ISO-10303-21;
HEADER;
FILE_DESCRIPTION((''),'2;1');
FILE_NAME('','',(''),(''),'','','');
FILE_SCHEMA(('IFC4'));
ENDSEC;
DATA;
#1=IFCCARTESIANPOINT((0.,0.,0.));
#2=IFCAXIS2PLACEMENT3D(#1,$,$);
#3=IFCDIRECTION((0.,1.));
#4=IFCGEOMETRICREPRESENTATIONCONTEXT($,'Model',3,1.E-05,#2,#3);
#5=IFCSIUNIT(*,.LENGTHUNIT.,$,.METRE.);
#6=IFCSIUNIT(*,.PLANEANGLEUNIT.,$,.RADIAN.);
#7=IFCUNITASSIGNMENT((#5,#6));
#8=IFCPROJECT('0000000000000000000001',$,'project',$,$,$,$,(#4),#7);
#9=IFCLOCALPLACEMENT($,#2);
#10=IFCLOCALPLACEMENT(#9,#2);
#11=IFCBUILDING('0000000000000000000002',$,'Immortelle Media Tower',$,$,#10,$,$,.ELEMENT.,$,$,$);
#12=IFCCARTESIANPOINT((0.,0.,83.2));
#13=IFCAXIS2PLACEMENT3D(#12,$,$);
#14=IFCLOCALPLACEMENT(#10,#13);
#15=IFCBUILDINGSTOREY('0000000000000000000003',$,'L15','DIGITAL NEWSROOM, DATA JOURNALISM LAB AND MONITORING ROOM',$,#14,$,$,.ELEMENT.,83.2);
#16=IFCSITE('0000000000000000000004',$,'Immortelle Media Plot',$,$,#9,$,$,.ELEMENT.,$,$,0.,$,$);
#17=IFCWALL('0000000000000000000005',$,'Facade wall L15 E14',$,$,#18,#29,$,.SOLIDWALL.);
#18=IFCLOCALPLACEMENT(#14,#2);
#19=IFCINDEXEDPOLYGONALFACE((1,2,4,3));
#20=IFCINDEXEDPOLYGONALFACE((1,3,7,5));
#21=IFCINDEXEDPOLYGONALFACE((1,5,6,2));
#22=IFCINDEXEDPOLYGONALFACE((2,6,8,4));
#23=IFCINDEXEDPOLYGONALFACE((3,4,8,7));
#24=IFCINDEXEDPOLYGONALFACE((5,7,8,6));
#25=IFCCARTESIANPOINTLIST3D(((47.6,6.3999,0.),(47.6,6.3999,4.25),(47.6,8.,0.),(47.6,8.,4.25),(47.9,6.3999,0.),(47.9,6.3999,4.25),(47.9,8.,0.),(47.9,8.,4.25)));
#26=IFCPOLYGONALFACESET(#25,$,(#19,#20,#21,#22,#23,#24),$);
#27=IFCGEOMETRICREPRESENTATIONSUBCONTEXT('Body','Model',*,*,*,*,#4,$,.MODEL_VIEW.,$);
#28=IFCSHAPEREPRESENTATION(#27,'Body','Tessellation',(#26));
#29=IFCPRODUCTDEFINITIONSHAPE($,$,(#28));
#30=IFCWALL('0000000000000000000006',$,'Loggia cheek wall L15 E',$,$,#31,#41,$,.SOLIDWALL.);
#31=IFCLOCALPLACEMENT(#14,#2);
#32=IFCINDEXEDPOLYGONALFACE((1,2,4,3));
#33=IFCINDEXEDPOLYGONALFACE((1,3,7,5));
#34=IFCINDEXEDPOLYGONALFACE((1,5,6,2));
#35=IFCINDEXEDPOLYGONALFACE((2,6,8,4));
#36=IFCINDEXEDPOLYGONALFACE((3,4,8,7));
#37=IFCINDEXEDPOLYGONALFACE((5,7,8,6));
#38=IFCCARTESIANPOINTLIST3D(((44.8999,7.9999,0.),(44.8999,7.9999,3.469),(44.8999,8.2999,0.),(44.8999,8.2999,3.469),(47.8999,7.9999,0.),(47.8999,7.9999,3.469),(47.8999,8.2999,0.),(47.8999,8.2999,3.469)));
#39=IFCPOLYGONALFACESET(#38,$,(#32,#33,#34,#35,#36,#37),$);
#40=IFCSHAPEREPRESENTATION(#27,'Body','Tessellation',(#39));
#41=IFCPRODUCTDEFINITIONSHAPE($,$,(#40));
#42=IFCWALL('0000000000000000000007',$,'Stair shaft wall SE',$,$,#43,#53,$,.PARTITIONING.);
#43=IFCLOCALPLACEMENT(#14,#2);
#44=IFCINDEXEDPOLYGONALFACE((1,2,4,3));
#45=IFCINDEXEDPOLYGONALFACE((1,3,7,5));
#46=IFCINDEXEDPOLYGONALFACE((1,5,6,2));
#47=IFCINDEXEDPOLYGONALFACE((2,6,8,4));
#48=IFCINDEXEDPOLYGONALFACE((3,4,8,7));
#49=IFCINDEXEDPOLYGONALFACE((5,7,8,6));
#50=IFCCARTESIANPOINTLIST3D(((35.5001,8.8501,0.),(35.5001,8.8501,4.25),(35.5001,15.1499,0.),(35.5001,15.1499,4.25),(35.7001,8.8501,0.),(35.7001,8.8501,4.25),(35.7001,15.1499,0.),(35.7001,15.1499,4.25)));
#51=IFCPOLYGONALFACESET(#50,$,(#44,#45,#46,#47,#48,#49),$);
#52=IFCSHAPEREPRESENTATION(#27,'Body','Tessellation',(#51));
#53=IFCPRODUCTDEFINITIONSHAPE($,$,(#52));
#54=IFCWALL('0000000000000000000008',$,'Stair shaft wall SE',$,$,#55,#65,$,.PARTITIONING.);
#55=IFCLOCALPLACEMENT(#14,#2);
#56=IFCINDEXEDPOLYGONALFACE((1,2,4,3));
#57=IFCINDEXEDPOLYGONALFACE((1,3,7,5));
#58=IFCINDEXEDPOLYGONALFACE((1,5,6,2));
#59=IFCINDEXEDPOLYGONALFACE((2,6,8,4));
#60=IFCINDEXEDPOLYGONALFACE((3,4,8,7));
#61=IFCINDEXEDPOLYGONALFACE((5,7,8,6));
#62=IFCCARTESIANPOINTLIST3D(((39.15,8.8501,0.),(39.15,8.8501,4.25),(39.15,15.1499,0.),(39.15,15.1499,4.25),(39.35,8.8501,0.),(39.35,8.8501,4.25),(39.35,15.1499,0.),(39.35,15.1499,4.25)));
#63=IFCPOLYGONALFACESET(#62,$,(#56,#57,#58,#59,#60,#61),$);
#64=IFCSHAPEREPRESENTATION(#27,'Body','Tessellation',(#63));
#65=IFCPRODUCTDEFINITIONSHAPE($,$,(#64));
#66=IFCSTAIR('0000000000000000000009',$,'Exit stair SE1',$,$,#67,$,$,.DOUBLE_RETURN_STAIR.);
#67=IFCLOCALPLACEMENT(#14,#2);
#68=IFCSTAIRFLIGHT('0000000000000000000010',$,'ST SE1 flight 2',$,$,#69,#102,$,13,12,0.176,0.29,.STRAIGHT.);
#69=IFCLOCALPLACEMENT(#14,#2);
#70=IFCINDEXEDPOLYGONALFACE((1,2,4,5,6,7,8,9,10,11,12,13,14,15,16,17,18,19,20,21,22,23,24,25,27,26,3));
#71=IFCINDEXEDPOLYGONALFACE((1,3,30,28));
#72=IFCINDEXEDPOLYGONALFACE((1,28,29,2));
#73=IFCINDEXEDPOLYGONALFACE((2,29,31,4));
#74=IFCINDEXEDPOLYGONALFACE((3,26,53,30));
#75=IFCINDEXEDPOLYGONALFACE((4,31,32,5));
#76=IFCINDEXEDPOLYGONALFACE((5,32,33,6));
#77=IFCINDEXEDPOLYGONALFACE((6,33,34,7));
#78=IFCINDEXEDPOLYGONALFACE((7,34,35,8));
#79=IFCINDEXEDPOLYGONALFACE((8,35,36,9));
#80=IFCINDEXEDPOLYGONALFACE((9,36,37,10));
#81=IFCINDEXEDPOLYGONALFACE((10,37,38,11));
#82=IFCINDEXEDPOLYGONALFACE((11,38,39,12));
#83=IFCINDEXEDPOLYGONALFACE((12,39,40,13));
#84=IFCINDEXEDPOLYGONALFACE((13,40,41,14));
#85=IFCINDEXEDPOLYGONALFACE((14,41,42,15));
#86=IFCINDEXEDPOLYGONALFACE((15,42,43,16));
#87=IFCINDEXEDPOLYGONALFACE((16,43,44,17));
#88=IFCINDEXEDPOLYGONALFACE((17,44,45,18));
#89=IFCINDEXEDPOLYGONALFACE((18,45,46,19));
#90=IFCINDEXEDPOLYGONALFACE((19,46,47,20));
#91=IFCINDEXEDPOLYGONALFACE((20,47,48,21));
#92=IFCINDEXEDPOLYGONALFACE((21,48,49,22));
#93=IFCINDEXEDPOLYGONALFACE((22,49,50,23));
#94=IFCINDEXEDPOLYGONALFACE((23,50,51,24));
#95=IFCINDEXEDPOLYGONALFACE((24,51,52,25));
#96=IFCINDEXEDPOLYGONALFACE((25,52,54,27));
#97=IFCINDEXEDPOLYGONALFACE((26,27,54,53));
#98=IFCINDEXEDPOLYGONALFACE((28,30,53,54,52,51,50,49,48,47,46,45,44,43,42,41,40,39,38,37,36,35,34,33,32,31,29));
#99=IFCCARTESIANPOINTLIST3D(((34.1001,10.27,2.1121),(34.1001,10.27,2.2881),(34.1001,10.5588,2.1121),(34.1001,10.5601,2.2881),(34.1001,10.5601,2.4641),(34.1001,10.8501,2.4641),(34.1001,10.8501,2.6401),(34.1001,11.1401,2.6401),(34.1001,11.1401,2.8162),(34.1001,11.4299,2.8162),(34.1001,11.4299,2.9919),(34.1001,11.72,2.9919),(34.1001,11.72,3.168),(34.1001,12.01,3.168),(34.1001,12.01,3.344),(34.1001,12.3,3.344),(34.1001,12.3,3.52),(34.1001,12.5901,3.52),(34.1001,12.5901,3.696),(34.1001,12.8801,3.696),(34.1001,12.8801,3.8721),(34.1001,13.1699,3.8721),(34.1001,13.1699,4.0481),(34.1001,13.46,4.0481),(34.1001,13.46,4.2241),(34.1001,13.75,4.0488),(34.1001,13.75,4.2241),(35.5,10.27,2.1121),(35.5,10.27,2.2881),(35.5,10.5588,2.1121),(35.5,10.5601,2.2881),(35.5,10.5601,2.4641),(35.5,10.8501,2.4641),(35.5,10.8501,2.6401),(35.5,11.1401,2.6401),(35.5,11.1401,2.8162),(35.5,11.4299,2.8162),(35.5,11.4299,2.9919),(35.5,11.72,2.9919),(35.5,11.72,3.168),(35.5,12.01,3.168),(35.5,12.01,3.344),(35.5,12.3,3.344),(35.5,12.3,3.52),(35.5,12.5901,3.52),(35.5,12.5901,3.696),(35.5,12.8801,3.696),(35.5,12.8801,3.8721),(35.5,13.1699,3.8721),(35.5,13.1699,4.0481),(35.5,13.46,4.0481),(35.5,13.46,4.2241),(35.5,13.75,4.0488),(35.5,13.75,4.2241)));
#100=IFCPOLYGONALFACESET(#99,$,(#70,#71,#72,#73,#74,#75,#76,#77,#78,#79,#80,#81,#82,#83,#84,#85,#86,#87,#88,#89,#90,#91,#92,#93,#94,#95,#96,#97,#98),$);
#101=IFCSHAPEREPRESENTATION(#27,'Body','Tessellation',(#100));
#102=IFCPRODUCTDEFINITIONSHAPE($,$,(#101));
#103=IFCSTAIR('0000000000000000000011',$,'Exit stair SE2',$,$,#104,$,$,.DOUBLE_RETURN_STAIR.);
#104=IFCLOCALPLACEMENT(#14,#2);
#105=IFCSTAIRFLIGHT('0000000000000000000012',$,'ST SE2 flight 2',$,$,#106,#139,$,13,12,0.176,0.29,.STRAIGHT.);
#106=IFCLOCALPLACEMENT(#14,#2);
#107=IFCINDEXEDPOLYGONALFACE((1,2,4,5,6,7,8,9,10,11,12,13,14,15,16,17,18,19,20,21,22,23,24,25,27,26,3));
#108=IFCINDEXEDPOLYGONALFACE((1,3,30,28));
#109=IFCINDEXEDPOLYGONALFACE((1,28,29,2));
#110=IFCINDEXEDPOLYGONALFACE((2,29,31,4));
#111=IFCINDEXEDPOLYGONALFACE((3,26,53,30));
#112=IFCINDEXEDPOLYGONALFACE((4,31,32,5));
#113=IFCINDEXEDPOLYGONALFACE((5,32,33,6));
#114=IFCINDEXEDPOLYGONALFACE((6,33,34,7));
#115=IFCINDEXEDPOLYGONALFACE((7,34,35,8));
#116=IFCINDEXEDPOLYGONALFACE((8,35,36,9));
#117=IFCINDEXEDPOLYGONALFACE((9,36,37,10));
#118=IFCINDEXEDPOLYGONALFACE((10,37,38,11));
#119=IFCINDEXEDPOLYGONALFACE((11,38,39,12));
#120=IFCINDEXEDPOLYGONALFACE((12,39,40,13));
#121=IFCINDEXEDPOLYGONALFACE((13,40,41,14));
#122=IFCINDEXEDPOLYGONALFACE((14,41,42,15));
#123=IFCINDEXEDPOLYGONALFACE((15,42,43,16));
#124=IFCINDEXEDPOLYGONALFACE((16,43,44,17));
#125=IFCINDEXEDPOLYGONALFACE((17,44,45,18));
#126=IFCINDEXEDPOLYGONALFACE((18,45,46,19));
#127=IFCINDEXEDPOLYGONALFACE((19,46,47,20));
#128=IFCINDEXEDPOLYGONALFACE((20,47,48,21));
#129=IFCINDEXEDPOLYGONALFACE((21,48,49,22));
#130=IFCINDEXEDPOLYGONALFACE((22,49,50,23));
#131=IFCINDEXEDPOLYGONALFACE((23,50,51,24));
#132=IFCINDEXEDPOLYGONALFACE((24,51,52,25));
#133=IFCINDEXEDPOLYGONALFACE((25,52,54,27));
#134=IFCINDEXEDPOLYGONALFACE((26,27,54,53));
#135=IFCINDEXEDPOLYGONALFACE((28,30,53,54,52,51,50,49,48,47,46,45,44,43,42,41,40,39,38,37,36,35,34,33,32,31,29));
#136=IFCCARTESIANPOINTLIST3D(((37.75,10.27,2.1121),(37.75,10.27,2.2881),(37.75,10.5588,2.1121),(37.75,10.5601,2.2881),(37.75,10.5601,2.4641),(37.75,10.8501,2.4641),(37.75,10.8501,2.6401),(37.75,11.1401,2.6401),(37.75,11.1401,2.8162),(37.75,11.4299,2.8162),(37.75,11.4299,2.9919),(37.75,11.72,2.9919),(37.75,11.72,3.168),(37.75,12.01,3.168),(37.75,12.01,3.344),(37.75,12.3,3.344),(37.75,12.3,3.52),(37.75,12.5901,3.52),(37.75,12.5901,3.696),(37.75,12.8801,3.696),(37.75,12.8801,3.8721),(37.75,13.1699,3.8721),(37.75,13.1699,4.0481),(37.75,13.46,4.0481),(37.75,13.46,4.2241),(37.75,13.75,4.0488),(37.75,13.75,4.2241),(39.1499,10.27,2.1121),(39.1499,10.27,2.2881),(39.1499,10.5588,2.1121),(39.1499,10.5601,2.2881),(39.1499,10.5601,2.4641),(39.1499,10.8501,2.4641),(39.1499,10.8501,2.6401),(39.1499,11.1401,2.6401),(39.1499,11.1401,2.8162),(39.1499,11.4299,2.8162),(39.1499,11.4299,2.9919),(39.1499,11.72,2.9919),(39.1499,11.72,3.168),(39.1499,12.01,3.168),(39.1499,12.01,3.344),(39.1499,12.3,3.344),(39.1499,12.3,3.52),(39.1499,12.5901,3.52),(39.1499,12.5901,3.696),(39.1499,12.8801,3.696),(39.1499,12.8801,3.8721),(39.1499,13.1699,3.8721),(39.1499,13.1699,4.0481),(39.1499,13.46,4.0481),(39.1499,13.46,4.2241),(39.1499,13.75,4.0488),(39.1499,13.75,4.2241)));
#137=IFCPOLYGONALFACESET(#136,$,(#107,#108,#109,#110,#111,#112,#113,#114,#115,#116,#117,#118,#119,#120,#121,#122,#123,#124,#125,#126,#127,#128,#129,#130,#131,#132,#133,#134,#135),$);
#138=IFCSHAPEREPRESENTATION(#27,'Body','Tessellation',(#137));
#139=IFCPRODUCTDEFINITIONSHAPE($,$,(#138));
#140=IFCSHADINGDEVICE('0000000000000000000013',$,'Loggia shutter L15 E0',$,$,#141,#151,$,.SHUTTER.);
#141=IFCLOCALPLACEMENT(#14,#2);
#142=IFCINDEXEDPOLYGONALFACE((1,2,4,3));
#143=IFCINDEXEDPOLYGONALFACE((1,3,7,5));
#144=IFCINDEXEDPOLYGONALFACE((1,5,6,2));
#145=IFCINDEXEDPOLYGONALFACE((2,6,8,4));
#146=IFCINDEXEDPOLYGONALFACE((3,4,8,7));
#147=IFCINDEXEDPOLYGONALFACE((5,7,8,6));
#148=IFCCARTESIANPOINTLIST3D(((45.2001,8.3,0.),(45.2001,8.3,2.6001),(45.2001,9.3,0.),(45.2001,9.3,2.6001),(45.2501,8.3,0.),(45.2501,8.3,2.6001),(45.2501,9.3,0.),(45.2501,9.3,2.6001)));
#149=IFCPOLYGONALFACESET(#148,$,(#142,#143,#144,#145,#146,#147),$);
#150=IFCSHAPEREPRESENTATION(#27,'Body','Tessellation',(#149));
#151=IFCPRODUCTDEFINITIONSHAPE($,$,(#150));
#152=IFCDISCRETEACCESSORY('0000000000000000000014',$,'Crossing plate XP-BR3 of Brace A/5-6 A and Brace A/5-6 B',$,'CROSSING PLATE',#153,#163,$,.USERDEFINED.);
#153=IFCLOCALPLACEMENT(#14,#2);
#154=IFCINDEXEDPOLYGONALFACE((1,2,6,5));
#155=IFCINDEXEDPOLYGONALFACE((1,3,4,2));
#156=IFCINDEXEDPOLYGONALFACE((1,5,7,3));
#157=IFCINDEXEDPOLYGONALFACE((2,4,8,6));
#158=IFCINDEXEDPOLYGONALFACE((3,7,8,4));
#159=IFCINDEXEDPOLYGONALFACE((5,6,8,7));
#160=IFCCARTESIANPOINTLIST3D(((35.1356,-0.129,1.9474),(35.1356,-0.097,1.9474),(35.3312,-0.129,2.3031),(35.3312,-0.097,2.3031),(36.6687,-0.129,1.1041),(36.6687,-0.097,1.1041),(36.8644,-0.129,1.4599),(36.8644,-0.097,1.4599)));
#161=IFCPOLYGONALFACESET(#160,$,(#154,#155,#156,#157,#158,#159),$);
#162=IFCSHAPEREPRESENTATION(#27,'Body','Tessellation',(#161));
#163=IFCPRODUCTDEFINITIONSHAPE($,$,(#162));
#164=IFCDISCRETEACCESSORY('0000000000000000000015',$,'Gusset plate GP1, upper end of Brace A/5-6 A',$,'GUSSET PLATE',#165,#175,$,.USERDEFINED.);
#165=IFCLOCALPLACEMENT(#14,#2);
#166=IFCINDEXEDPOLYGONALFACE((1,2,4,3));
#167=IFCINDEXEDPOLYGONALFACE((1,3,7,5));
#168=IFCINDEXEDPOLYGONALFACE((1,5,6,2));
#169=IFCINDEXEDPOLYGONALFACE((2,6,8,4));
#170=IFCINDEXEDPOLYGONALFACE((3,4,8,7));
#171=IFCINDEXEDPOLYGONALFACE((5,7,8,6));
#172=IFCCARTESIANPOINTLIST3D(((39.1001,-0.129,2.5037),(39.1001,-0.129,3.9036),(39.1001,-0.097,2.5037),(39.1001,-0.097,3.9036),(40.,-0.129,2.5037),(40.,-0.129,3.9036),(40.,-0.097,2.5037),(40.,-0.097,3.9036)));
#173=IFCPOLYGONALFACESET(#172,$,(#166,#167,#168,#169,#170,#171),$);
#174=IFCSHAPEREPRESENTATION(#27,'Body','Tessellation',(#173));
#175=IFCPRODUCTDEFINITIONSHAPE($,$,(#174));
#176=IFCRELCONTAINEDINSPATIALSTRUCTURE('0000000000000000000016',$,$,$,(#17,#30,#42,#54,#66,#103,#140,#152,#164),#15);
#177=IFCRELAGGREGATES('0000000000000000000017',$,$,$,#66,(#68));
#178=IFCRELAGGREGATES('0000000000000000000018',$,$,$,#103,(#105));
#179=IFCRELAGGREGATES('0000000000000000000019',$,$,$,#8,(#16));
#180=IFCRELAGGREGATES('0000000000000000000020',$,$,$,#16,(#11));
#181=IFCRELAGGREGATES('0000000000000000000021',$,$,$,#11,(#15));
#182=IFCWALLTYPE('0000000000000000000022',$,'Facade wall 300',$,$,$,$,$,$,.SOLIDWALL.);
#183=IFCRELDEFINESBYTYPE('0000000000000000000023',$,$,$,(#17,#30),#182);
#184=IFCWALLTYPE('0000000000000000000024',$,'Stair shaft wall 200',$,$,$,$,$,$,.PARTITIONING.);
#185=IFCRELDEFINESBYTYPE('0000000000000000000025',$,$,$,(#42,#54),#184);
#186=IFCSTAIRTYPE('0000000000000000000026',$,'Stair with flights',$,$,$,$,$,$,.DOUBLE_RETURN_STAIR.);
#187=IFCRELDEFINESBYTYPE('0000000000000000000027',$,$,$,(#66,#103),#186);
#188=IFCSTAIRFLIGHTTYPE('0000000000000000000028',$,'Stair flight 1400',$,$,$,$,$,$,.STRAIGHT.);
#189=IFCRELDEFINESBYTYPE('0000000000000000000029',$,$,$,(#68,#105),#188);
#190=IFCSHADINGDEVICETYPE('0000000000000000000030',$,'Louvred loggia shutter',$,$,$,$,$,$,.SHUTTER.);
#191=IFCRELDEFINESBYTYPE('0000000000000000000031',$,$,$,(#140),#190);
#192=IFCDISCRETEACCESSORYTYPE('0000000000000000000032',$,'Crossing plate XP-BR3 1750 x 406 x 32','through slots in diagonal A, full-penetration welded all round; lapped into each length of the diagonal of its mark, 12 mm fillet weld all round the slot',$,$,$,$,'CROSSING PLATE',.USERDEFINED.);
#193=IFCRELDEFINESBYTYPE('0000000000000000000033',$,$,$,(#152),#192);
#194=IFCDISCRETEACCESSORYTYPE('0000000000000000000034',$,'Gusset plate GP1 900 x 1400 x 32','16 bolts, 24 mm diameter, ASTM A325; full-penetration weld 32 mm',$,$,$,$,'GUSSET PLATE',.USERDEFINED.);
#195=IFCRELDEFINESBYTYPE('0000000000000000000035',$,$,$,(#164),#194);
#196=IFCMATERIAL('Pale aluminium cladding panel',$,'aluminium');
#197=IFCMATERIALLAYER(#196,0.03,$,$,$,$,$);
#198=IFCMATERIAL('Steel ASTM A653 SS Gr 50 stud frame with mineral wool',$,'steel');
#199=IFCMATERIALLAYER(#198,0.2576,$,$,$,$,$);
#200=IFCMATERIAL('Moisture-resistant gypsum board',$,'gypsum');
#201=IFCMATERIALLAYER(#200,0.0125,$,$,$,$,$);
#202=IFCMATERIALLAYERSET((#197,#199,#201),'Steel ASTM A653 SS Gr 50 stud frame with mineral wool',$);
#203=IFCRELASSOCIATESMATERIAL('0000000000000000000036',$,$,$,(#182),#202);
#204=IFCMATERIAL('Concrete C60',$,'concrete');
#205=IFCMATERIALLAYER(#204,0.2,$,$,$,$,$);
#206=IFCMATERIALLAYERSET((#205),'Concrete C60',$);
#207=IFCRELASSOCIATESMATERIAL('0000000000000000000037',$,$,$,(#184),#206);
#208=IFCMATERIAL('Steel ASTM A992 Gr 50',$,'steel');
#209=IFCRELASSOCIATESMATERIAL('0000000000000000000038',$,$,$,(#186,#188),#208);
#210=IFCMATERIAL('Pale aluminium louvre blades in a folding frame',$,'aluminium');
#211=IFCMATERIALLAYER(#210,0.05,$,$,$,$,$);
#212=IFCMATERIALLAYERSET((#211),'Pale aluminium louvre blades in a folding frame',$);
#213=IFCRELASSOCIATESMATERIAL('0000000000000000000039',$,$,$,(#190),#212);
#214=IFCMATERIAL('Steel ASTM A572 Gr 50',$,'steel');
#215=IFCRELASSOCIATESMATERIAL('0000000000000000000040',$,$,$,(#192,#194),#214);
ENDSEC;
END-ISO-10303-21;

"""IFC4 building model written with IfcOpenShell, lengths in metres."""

from ifc_helpers import new_model, si_unit, direction, frame, frame_2d, origin, origin_2d, place, context, subcontext, project, spatial, polyline, rectangle, outline, extrude, material, layer, layer_set, material_profile, profile_set, type_object, element, aggregate, save


model = new_model("IFC4")

# Units and contexts
model_context = context("Model", 3, precision=1e-05, world=origin(), true_north=direction((0.0, 1.0)))
body_context = subcontext(model_context, "Body", "Model", "MODEL_VIEW")
ifc_project = project(units=[si_unit("LENGTHUNIT", "METRE"), si_unit("PLANEANGLEUNIT", "RADIAN")], contexts=[model_context])

# Site, building, storey
site_placement = place(None, origin())
site = spatial("IfcSite", under=ifc_project, at=site_placement, Name="Immortelle Media Plot", CompositionType="ELEMENT", RefElevation=0.0)
building_placement = place(site_placement, origin())
building = spatial("IfcBuilding", under=site, at=building_placement, Name="Immortelle Media Tower", CompositionType="ELEMENT")
storey_placement = place(building_placement, frame((0.0, 0.0, 83.2)))
storey = spatial("IfcBuildingStorey", under=building, at=storey_placement, Name="L15", Description="DIGITAL NEWSROOM, DATA JOURNALISM LAB AND MONITORING ROOM", CompositionType="ELEMENT", Elevation=83.2)

# Shared definitions
ifc_material_1 = material(Name="Steel ASTM A992 Gr 50", Category="steel")

# Wall
ifc_material_2 = material(Name="Pale aluminium cladding panel", Category="aluminium")
ifc_layer_1 = layer(ifc_material_2, 0.03)
ifc_material_3 = material(Name="Steel ASTM A653 SS Gr 50 stud frame with mineral wool", Category="steel")
ifc_layer_2 = layer(ifc_material_3, 0.2576)
ifc_material_4 = material(Name="Moisture-resistant gypsum board", Category="gypsum")
ifc_layer_3 = layer(ifc_material_4, 0.0125)
ifc_layer_set_1 = layer_set([ifc_layer_1, ifc_layer_2, ifc_layer_3], Name="Steel ASTM A653 SS Gr 50 stud frame with mineral wool")
wall_type_1 = type_object("IfcWallType", Name="Facade wall 300", PredefinedType="SOLIDWALL", material=ifc_layer_set_1)
wall_1_placement = place(storey_placement, frame((47.75, 6.3999, 0.0), z_axis=(0.0, 0.0, 1.0), x_axis=(0.0, 1.0, 0.0)))
element("IfcWall", 1, at=wall_1_placement, inside=storey, type_object=wall_type_1, Name="Facade wall L15 E14", PredefinedType="SOLIDWALL", context=body_context, shape_type="SweptSolid", body=[
    extrude(rectangle(XDim=1.6001, YDim=0.3, at=frame_2d((0.8, 0.0))), origin(), (0.0, 0.0, 1.0), 4.25),
])

# Walls
wall_2_placement = place(storey_placement, frame((47.8999, 8.1499, 0.0), z_axis=(0.0, 0.0, 1.0), x_axis=(-1.0, 0.0, 0.0)))
element("IfcWall", 2, at=wall_2_placement, inside=storey, type_object=wall_type_1, Name="Loggia cheek wall L15 E", PredefinedType="SOLIDWALL", context=body_context, shape_type="SweptSolid", body=[
    extrude(rectangle(XDim=3.0, YDim=0.3, at=frame_2d((1.5, 0.0))), origin(), (0.0, 0.0, 1.0), 3.469),
])
ifc_material_5 = material(Name="Concrete C60", Category="concrete")
ifc_layer_4 = layer(ifc_material_5, 0.2)
ifc_layer_set_2 = layer_set([ifc_layer_4], Name="Concrete C60")
wall_type_2 = type_object("IfcWallType", Name="Stair shaft wall 200", PredefinedType="PARTITIONING", material=ifc_layer_set_2)
for number, where, z_axis, x_axis, name in (
    (3, (35.6001, 8.8501, 0.0), (0.0, 0.0, 1.0), (0.0, 1.0, 0.0), "Stair shaft wall SE"),
    (4, (39.25, 8.8501, 0.0), (0.0, 0.0, 1.0), (0.0, 1.0, 0.0), "Stair shaft wall SE"),
):
    element("IfcWall", number, at=place(storey_placement, frame(where, z_axis=z_axis, x_axis=x_axis)), inside=storey, type_object=wall_type_2, Name=name, PredefinedType="PARTITIONING", context=body_context, shape_type="SweptSolid", body=[
        extrude(rectangle(XDim=6.2998, YDim=0.2, at=frame_2d((3.1499, 0.0))), origin(), (0.0, 0.0, 1.0), 4.25),
    ])

# Stairs, stair flights
stair_type = type_object("IfcStairType", Name="Stair with flights", PredefinedType="DOUBLE_RETURN_STAIR", material=ifc_material_1)
stair_1_placement = place(storey_placement, origin())
stair_1 = element("IfcStair", 5, at=stair_1_placement, inside=storey, type_object=stair_type, Name="Exit stair SE1", PredefinedType="DOUBLE_RETURN_STAIR")
stair_flight_type = type_object("IfcStairFlightType", Name="Stair flight 1400", PredefinedType="STRAIGHT", material=ifc_material_1)
stair_flight_1_placement = place(storey_placement, frame((34.8, 10.27, 2.1121), z_axis=(0.0, 0.0, 1.0), x_axis=(0.0, 1.0, 0.0)))
stair_flight_1 = element("IfcStairFlight", 6, at=stair_flight_1_placement, type_object=stair_flight_type, Name="ST SE1 flight 2", NumberOfRisers=13, NumberOfTreads=12, PredefinedType="STRAIGHT", RiserHeight=0.176, TreadLength=0.29, context=body_context, shape_type="SweptSolid", body=[
    extrude(outline(polyline([(0.0, 0.0), (0.0, 0.176), (0.29, 0.176), (0.29, 0.3521), (0.5801, 0.3521), (0.5801, 0.5281), (0.8701, 0.5281), (0.8701, 0.7041), (1.1599, 0.7041), (1.1599, 0.8799), (1.45, 0.8799), (1.45, 1.0559), (1.74, 1.0559), (1.74, 1.2319), (2.03, 1.2319), (2.03, 1.408), (2.3201, 1.408), (2.3201, 1.584), (2.6101, 1.584), (2.6101, 1.76), (2.8999, 1.76), (2.8999, 1.936), (3.1899, 1.936), (3.1899, 2.1121), (3.48, 2.1121), (3.48, 2.2881), (3.48, 1.9368), (0.2888, 0.0), (0.0, 0.0)])), frame((0.0, 0.7, 0.0), z_axis=(0.0, -1.0, 0.0), x_axis=(1.0, 0.0, 0.0)), (0.0, 0.0, 1.0), 1.3999),
])
aggregate(stair_1, [stair_flight_1])
stair_2_placement = place(storey_placement, origin())
stair_2 = element("IfcStair", 7, at=stair_2_placement, inside=storey, type_object=stair_type, Name="Exit stair SE2", PredefinedType="DOUBLE_RETURN_STAIR")
stair_flight_2_placement = place(storey_placement, frame((38.45, 10.27, 2.1121), z_axis=(0.0, 0.0, 1.0), x_axis=(0.0, 1.0, 0.0)))
stair_flight_2 = element("IfcStairFlight", 8, at=stair_flight_2_placement, type_object=stair_flight_type, Name="ST SE2 flight 2", NumberOfRisers=13, NumberOfTreads=12, PredefinedType="STRAIGHT", RiserHeight=0.176, TreadLength=0.29, context=body_context, shape_type="SweptSolid", body=[
    extrude(outline(polyline([(0.0, 0.0), (0.0, 0.176), (0.29, 0.176), (0.29, 0.3521), (0.5801, 0.3521), (0.5801, 0.5281), (0.8701, 0.5281), (0.8701, 0.7041), (1.1599, 0.7041), (1.1599, 0.8799), (1.45, 0.8799), (1.45, 1.0559), (1.74, 1.0559), (1.74, 1.2319), (2.03, 1.2319), (2.03, 1.408), (2.3201, 1.408), (2.3201, 1.584), (2.6101, 1.584), (2.6101, 1.76), (2.8999, 1.76), (2.8999, 1.936), (3.1899, 1.936), (3.1899, 2.1121), (3.48, 2.1121), (3.48, 2.2881), (3.48, 1.9368), (0.2888, 0.0), (0.0, 0.0)])), frame((0.0, 0.7, 0.0), z_axis=(0.0, -1.0, 0.0), x_axis=(1.0, 0.0, 0.0)), (0.0, 0.0, 1.0), 1.3999),
])
aggregate(stair_2, [stair_flight_2])

# Shading device
ifc_material_6 = material(Name="Pale aluminium louvre blades in a folding frame", Category="aluminium")
ifc_layer_5 = layer(ifc_material_6, 0.05)
ifc_layer_set_3 = layer_set([ifc_layer_5], Name="Pale aluminium louvre blades in a folding frame")
shading_device_type = type_object("IfcShadingDeviceType", Name="Louvred loggia shutter", PredefinedType="SHUTTER", material=ifc_layer_set_3)
shading_device_placement = place(storey_placement, frame((45.2251, 8.8, 0.0), z_axis=(0.0, 0.0, 1.0), x_axis=(0.0, 1.0, 0.0)))
element("IfcShadingDevice", 9, at=shading_device_placement, inside=storey, type_object=shading_device_type, Name="Loggia shutter L15 E0", PredefinedType="SHUTTER", context=body_context, shape_type="SweptSolid", body=[
    extrude(rectangle(XDim=1.0, YDim=0.05, at=origin_2d()), origin(), (0.0, 0.0, 1.0), 2.6001),
])

# Discrete accessories
ifc_material_7 = material(Name="Steel ASTM A572 Gr 50", Category="steel")
ifc_material_profile_1 = material_profile(ifc_material_7, rectangle(XDim=0.032, YDim=0.406, at=origin_2d()), Name="PL 32 x 406")
ifc_profile_set_1 = profile_set([ifc_material_profile_1], Name="Steel ASTM A572 Gr 50")
discrete_accessory_type_1 = type_object("IfcDiscreteAccessoryType", Name="Crossing plate XP-BR3 1750 x 406 x 32", Description="through slots in diagonal A, full-penetration welded all round; lapped into each length of the diagonal of its mark, 12 mm fillet weld all round the slot", ElementType="CROSSING PLATE", PredefinedType="USERDEFINED", material=ifc_profile_set_1)
discrete_accessory_placement = place(storey_placement, frame((35.2334, -0.113, 2.1252), z_axis=(0.876216, 0.0, -0.481919), x_axis=(0.0, 1.0, 0.0)))
element("IfcDiscreteAccessory", 10, at=discrete_accessory_placement, inside=storey, type_object=discrete_accessory_type_1, Name="Crossing plate XP-BR3 of Brace A/5-6 A and Brace A/5-6 B", ObjectType="CROSSING PLATE", PredefinedType="USERDEFINED", context=body_context, shape_type="SweptSolid", body=[
    extrude(rectangle(XDim=0.032, YDim=0.406, at=origin_2d()), origin(), (0.0, 0.0, 1.0), 1.7498),
])
ifc_material_profile_2 = material_profile(ifc_material_7, rectangle(XDim=0.032, YDim=1.3999, at=origin_2d()), Name="PL 32 x 1400")
ifc_profile_set_2 = profile_set([ifc_material_profile_2], Name="Steel ASTM A572 Gr 50")
discrete_accessory_type_2 = type_object("IfcDiscreteAccessoryType", Name="Gusset plate GP1 900 x 1400 x 32", Description="16 bolts, 24 mm diameter, ASTM A325; full-penetration weld 32 mm", ElementType="GUSSET PLATE", PredefinedType="USERDEFINED", material=ifc_profile_set_2)
for number, where, z_axis, x_axis, name in (
    (11, (40.0, -0.113, 3.2036), (-1.0, 0.0, 0.0), (0.0, -1.0, 0.0), "Gusset plate GP1, upper end of Brace A/5-6 A"),
):
    element("IfcDiscreteAccessory", number, at=place(storey_placement, frame(where, z_axis=z_axis, x_axis=x_axis)), inside=storey, type_object=discrete_accessory_type_2, Name=name, ObjectType="GUSSET PLATE", PredefinedType="USERDEFINED", context=body_context, shape_type="SweptSolid", body=[
        extrude(rectangle(XDim=0.032, YDim=1.3999, at=origin_2d()), origin(), (0.0, 0.0, 1.0), 0.8999),
    ])

save(model, "model.ifc")
